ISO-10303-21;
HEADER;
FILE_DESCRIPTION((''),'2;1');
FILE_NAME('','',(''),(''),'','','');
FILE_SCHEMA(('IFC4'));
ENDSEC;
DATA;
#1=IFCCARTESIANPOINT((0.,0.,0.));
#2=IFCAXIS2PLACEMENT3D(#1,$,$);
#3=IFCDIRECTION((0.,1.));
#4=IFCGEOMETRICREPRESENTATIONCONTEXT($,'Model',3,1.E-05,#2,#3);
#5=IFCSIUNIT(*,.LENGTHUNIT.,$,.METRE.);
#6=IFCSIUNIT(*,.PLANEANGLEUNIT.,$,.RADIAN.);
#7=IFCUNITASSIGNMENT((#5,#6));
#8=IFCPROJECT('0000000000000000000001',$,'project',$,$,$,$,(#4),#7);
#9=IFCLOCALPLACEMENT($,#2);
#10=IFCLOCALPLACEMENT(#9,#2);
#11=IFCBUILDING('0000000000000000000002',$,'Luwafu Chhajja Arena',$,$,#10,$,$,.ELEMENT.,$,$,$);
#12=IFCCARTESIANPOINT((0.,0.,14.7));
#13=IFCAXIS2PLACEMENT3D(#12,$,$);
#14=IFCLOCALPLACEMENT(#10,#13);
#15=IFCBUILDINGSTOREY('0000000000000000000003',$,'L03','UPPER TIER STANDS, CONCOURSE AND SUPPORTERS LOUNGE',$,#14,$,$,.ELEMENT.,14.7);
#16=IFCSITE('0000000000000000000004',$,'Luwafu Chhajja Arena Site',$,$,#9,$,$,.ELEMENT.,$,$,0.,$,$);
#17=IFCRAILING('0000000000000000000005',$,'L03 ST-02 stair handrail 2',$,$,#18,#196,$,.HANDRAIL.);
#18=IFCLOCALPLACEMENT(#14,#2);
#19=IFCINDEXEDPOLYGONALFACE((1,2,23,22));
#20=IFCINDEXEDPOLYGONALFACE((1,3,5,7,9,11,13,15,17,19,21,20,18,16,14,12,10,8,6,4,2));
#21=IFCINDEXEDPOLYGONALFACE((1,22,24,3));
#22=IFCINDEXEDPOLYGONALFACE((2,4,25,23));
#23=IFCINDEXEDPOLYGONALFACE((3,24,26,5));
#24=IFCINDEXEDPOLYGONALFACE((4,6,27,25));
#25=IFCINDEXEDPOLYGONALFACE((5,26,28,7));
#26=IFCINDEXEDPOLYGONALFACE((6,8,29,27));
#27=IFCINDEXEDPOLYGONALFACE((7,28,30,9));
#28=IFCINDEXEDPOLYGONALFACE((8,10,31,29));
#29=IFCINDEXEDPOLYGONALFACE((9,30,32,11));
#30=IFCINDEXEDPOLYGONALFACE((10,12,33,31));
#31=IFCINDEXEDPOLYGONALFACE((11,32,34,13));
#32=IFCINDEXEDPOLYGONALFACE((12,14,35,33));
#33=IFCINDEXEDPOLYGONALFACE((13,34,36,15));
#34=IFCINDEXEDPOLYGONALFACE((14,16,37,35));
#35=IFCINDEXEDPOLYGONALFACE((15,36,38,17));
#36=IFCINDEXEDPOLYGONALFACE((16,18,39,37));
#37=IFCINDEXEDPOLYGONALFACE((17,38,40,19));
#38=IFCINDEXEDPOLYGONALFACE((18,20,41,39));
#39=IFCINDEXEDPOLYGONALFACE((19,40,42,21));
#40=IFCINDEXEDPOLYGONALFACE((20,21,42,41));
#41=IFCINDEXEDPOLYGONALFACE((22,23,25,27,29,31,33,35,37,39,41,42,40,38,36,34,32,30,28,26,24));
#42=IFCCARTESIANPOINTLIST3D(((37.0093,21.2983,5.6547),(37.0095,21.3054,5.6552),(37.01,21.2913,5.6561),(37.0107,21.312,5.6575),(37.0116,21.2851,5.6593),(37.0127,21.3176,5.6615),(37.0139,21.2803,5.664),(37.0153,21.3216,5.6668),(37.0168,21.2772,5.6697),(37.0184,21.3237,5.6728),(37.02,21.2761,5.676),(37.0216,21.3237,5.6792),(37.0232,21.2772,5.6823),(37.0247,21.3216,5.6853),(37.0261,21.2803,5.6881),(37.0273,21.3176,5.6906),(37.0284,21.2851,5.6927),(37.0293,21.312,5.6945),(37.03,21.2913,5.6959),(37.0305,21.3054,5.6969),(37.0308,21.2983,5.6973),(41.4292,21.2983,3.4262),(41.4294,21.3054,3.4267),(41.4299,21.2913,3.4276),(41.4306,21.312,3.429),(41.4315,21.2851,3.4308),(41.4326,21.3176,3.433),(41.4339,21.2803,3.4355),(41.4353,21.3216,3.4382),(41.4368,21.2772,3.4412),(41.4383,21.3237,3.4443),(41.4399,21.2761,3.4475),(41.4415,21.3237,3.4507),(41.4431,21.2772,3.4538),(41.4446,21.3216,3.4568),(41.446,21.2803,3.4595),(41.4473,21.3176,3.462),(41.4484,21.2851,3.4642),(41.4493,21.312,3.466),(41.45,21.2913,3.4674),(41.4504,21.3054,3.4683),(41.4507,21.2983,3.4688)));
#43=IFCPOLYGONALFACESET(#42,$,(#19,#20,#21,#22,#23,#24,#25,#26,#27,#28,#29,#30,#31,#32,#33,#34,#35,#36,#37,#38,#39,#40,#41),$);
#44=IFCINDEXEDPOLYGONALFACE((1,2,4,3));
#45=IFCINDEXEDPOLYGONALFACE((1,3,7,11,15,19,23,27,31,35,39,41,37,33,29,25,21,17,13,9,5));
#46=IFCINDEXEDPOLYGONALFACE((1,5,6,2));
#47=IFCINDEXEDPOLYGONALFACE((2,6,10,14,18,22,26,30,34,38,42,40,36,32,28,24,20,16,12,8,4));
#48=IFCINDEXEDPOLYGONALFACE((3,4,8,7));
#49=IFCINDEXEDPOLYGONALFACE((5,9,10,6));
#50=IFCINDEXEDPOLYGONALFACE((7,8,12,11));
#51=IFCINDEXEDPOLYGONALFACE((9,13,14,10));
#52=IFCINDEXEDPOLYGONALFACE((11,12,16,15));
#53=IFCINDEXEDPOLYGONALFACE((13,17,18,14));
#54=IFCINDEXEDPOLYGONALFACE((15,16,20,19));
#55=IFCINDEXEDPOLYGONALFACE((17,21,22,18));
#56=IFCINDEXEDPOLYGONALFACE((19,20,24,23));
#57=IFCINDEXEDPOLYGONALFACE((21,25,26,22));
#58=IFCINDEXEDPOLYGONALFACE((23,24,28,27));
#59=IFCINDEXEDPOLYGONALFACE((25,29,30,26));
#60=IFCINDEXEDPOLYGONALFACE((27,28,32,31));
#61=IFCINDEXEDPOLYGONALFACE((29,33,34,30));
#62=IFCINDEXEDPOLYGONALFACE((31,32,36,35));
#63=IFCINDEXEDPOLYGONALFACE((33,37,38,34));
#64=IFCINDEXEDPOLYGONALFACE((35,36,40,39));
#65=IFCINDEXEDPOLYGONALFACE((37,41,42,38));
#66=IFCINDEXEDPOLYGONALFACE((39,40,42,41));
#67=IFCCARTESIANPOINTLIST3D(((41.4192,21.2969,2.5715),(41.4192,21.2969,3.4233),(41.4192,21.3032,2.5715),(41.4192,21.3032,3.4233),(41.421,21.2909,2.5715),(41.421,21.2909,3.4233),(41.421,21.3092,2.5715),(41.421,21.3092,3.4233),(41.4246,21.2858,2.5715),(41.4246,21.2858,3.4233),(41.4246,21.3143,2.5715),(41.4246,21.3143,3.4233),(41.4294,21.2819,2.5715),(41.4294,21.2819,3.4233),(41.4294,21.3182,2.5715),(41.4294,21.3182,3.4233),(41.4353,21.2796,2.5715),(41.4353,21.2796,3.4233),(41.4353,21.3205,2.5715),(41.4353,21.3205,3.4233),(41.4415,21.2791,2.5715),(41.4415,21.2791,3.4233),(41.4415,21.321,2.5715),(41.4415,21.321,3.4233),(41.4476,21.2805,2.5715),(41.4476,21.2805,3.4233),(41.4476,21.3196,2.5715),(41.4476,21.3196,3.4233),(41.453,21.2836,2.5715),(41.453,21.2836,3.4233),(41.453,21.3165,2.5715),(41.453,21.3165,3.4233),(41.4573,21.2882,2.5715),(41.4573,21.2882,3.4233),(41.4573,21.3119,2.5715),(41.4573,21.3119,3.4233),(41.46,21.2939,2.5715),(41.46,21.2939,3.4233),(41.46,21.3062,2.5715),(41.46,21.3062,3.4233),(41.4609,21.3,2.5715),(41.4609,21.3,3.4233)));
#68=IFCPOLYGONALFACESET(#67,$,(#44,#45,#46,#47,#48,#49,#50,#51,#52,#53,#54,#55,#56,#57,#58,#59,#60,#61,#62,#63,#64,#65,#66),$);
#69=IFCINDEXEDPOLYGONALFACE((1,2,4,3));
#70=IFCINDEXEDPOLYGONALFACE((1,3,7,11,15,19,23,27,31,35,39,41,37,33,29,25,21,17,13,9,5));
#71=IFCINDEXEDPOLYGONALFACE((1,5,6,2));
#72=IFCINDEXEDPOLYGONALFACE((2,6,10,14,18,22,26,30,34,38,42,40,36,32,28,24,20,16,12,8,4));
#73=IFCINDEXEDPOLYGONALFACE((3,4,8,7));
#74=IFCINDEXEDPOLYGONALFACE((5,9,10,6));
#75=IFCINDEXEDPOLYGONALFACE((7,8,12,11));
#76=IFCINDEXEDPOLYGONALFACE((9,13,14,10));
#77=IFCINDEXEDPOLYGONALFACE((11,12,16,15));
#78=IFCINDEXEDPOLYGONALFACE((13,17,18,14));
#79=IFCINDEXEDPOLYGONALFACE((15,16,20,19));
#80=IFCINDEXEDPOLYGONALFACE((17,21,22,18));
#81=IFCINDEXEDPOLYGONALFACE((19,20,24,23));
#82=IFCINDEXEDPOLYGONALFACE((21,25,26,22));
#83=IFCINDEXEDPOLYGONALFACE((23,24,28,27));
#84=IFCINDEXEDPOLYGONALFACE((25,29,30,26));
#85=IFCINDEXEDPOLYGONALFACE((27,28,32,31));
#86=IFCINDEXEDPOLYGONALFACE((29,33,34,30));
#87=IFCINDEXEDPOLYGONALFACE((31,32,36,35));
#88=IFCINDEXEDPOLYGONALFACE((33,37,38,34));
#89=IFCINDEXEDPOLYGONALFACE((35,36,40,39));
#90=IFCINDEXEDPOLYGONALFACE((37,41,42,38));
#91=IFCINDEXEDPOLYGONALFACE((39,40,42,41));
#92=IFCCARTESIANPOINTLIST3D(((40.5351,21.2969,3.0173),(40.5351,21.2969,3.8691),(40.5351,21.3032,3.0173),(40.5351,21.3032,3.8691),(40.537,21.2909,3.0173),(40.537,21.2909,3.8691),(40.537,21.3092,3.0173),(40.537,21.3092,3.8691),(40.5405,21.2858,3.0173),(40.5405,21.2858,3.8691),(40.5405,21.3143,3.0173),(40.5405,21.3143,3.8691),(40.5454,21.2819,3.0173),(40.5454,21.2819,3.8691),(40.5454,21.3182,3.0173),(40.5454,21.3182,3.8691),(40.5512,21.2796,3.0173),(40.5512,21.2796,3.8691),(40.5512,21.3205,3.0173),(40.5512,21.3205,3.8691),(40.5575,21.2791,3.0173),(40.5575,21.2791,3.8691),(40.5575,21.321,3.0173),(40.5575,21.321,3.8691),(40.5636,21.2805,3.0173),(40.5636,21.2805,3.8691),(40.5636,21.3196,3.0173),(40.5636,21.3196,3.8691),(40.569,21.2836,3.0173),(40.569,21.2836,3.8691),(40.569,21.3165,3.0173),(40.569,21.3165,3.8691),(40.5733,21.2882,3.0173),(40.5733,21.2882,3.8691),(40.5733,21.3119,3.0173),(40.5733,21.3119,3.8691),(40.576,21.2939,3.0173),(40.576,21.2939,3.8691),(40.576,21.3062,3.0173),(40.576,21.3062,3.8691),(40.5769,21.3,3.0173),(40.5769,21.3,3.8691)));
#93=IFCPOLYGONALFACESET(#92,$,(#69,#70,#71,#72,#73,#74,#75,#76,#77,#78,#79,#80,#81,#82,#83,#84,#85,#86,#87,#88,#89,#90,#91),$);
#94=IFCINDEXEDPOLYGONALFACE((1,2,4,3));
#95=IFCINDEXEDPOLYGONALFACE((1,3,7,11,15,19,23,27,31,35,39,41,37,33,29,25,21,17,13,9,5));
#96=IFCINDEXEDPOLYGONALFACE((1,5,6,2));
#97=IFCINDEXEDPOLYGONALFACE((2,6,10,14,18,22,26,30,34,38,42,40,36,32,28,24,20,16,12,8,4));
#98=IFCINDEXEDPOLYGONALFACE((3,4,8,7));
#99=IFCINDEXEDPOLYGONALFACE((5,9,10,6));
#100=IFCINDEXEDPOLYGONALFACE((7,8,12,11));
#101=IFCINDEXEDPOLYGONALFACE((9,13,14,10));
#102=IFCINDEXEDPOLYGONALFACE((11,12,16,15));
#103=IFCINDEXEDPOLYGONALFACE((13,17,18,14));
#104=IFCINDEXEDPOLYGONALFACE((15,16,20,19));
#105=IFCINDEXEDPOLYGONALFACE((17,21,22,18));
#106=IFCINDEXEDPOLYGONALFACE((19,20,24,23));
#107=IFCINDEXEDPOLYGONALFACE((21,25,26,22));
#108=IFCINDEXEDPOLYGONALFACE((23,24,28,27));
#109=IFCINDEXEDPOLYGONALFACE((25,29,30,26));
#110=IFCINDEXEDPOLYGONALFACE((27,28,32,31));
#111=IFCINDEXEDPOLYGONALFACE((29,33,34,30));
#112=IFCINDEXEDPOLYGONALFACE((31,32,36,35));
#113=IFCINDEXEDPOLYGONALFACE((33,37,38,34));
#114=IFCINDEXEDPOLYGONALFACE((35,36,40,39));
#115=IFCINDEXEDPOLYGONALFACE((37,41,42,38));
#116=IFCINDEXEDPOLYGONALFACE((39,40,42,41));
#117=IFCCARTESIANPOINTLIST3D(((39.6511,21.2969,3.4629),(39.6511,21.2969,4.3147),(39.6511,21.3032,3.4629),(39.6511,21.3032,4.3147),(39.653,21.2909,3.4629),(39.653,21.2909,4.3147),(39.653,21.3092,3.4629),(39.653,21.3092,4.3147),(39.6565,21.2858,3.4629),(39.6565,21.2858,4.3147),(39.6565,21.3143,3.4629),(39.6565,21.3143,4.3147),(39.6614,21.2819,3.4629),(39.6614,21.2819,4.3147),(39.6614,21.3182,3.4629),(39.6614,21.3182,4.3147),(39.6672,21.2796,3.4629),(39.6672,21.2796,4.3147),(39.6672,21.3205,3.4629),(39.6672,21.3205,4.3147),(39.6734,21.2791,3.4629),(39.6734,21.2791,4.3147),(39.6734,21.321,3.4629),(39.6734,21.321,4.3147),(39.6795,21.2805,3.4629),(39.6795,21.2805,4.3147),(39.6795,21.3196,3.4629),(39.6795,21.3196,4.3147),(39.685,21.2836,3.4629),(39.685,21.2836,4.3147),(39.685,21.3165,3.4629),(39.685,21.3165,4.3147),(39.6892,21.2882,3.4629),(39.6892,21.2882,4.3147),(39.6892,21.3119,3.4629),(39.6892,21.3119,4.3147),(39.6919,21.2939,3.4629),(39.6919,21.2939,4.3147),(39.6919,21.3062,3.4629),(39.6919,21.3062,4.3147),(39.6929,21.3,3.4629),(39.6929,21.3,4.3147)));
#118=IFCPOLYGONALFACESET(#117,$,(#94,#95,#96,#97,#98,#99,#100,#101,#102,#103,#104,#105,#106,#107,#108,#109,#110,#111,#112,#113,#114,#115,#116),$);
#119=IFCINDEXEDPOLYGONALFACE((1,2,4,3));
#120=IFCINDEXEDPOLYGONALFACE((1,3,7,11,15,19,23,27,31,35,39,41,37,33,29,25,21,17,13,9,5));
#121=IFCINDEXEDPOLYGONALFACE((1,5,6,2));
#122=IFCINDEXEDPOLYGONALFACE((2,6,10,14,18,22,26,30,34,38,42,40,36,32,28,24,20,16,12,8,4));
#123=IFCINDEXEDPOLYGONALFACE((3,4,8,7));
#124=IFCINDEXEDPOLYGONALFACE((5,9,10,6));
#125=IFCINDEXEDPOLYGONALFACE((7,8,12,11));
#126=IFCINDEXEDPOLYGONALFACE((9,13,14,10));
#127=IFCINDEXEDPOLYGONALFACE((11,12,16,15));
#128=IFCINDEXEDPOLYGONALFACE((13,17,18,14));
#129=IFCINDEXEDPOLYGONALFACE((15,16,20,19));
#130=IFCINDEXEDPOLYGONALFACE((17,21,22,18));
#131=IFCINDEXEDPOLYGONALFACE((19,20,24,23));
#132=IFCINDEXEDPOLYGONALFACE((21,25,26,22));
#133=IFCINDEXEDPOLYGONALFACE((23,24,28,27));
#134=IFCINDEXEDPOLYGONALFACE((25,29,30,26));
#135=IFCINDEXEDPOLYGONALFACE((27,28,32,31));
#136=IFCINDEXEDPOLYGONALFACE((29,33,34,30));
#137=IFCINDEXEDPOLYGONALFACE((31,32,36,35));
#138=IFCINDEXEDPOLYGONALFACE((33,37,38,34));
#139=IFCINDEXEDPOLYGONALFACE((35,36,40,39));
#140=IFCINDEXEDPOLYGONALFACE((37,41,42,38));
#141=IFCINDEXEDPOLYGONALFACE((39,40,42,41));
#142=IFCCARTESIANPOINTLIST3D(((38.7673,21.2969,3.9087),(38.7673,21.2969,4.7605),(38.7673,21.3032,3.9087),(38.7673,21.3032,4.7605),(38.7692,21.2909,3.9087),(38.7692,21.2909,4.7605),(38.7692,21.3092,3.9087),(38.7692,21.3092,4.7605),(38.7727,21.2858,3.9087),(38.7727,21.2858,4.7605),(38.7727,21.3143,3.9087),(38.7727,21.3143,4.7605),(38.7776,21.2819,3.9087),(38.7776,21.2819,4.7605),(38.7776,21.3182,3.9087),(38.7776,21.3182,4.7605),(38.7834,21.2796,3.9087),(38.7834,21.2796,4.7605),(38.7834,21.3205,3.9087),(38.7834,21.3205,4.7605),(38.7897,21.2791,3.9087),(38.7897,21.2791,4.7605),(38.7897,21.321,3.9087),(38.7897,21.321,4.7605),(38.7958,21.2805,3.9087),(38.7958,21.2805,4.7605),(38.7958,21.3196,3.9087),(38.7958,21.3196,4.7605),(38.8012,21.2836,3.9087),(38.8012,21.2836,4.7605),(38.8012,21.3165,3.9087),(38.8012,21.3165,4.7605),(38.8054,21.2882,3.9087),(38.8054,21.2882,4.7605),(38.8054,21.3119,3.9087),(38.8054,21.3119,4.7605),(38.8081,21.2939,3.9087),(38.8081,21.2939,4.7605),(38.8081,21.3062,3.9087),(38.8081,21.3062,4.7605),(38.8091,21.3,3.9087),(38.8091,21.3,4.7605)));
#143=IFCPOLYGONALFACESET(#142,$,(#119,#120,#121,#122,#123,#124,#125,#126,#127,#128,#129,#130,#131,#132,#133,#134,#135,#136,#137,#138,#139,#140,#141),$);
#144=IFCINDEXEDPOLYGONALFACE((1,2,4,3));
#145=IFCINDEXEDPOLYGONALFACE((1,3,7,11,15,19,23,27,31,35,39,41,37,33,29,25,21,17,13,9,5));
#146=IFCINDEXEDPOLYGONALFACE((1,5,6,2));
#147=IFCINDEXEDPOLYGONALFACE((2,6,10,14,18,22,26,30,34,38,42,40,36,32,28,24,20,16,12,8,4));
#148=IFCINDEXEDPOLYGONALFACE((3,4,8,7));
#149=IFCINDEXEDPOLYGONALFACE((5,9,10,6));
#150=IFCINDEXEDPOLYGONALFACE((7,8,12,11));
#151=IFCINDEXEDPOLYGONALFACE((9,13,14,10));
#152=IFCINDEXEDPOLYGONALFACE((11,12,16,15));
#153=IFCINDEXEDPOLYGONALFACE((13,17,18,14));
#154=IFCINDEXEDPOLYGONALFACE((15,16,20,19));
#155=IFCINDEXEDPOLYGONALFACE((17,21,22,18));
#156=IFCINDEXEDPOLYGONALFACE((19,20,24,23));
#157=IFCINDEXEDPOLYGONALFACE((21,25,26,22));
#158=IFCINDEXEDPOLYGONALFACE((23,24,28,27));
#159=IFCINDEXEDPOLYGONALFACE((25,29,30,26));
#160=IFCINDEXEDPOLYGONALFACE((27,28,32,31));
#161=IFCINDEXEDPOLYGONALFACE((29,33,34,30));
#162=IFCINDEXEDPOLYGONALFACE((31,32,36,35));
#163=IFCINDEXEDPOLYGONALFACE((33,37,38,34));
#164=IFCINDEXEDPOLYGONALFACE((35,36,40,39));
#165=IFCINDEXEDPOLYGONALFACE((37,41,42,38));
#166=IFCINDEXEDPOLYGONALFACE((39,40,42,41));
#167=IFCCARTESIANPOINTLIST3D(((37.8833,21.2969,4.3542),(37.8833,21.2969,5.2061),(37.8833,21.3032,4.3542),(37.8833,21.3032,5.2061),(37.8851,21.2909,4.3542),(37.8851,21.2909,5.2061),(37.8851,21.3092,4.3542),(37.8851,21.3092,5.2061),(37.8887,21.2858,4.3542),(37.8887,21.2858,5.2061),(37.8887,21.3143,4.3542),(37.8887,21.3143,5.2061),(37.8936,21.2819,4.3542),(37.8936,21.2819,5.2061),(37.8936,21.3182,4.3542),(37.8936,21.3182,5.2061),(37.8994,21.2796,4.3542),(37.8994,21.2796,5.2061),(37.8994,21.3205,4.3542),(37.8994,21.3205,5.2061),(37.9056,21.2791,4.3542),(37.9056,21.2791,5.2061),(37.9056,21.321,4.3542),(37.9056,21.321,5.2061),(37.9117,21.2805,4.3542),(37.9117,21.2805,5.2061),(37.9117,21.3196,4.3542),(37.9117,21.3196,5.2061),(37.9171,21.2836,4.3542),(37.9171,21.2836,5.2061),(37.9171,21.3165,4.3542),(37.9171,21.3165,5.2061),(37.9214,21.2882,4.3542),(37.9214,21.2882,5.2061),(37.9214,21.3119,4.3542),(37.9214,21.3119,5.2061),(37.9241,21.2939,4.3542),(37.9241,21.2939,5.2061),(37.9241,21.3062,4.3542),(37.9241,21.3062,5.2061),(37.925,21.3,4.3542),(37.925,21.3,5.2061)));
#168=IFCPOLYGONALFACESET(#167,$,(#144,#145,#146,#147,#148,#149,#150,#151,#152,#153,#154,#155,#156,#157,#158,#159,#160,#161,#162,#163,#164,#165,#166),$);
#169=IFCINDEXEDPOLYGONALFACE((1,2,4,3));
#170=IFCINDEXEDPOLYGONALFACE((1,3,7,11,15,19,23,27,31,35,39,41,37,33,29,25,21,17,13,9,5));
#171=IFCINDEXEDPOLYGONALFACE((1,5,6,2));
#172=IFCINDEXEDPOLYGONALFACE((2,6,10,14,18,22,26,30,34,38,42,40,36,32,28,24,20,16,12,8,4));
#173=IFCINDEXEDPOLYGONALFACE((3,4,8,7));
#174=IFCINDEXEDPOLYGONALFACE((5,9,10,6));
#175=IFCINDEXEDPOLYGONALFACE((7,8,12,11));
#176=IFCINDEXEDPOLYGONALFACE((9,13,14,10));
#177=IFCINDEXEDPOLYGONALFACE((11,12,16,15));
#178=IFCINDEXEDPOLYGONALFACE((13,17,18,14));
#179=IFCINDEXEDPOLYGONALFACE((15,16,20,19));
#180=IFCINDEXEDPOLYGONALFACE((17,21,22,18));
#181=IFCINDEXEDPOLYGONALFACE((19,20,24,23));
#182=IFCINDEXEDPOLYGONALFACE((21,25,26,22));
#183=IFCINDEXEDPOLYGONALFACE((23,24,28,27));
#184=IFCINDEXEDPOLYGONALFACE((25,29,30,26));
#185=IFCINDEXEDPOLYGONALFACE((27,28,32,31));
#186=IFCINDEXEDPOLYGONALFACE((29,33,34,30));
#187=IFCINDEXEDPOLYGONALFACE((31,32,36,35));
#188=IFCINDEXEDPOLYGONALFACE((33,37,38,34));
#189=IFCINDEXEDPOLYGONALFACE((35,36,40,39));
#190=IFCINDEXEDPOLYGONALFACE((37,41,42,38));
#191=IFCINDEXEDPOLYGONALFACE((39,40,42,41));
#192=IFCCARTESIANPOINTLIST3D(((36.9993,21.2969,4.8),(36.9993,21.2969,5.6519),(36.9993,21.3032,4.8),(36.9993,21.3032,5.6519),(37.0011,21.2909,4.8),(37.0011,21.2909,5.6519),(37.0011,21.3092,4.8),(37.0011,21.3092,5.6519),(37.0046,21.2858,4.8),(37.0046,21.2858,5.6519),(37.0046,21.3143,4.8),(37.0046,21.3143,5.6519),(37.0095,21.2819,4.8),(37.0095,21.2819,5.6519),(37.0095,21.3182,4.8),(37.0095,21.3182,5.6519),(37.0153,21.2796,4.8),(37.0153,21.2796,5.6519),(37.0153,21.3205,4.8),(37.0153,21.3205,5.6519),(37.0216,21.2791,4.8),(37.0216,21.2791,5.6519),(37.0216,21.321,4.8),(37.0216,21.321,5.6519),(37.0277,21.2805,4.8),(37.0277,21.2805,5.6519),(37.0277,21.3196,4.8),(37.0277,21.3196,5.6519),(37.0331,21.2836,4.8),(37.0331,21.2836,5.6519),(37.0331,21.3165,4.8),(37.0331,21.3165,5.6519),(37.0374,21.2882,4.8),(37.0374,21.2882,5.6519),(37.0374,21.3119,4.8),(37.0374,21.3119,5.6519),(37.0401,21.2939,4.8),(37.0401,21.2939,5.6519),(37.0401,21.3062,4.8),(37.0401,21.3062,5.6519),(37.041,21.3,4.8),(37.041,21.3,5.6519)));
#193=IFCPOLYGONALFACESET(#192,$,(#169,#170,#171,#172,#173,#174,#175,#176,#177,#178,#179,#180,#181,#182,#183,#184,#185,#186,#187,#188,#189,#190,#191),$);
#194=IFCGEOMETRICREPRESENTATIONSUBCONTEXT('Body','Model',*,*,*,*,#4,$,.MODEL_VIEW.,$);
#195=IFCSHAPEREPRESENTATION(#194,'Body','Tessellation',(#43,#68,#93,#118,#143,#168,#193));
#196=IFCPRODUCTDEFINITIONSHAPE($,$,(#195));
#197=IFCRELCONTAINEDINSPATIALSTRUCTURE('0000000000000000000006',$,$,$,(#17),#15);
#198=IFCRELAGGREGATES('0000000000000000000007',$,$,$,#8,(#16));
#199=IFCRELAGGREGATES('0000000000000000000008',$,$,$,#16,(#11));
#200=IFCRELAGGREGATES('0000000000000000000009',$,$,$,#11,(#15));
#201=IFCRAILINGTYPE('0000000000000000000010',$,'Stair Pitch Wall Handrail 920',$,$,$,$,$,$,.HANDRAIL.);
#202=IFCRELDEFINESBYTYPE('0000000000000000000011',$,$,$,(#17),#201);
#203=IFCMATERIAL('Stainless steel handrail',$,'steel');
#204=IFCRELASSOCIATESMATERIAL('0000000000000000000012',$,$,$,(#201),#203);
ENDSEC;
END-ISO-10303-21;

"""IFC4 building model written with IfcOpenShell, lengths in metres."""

from ifc_helpers import new_model, si_unit, direction, frame, origin, origin_2d, place, context, subcontext, project, spatial, circle, extrude, material, type_object, element, save


model = new_model("IFC4")

# Units and contexts
model_context = context("Model", 3, precision=1e-05, world=origin(), true_north=direction((0.0, 1.0)))
body_context = subcontext(model_context, "Body", "Model", "MODEL_VIEW")
ifc_project = project(units=[si_unit("LENGTHUNIT", "METRE"), si_unit("PLANEANGLEUNIT", "RADIAN")], contexts=[model_context])

# Site, building, storey
site_placement = place(None, origin())
site = spatial("IfcSite", under=ifc_project, at=site_placement, Name="Luwafu Chhajja Arena Site", CompositionType="ELEMENT", RefElevation=0.0)
building_placement = place(site_placement, origin())
building = spatial("IfcBuilding", under=site, at=building_placement, Name="Luwafu Chhajja Arena", CompositionType="ELEMENT")
storey_placement = place(building_placement, frame((0.0, 0.0, 14.7)))
storey = spatial("IfcBuildingStorey", under=building, at=storey_placement, Name="L03", Description="UPPER TIER STANDS, CONCOURSE AND SUPPORTERS LOUNGE", CompositionType="ELEMENT", Elevation=14.7)

# Railing
ifc_material_1 = material(Name="Stainless steel handrail", Category="steel")
railing_type_1 = type_object("IfcRailingType", Name="Stair Pitch Wall Handrail 920", PredefinedType="HANDRAIL", material=ifc_material_1)
railing_1_placement = place(storey_placement, frame((41.4399, 21.3, 2.5715)))
element("IfcRailing", 1, at=railing_1_placement, inside=storey, type_object=railing_type_1, Name="L03 ST-02 stair handrail 2", PredefinedType="HANDRAIL", context=body_context, shape_type="SweptSolid", body=[
    extrude(circle(Radius=0.0239, at=origin_2d()), frame((0.0, 0.0, 0.876), z_axis=(-0.892923, 0.0, 0.45021), x_axis=(0.0, -1.0, 0.0)), (0.0, 0.0, 1.0), 4.95),
    extrude(circle(Radius=0.021, at=origin_2d()), origin(), (0.0, 0.0, 1.0), 0.8518),
    extrude(circle(Radius=0.021, at=origin_2d()), frame((-0.884, 0.0, 0.4458)), (0.0, 0.0, 1.0), 0.8518),
    extrude(circle(Radius=0.021, at=origin_2d()), frame((-1.7681, 0.0, 0.8914)), (0.0, 0.0, 1.0), 0.8518),
    extrude(circle(Radius=0.021, at=origin_2d()), frame((-2.6519, 0.0, 1.3372)), (0.0, 0.0, 1.0), 0.8518),
    extrude(circle(Radius=0.021, at=origin_2d()), frame((-3.5359, 0.0, 1.7827)), (0.0, 0.0, 1.0), 0.8518),
    extrude(circle(Radius=0.021, at=origin_2d()), frame((-4.4199, 0.0, 2.2285)), (0.0, 0.0, 1.0), 0.8518),
])

save(model, "model.ifc")
